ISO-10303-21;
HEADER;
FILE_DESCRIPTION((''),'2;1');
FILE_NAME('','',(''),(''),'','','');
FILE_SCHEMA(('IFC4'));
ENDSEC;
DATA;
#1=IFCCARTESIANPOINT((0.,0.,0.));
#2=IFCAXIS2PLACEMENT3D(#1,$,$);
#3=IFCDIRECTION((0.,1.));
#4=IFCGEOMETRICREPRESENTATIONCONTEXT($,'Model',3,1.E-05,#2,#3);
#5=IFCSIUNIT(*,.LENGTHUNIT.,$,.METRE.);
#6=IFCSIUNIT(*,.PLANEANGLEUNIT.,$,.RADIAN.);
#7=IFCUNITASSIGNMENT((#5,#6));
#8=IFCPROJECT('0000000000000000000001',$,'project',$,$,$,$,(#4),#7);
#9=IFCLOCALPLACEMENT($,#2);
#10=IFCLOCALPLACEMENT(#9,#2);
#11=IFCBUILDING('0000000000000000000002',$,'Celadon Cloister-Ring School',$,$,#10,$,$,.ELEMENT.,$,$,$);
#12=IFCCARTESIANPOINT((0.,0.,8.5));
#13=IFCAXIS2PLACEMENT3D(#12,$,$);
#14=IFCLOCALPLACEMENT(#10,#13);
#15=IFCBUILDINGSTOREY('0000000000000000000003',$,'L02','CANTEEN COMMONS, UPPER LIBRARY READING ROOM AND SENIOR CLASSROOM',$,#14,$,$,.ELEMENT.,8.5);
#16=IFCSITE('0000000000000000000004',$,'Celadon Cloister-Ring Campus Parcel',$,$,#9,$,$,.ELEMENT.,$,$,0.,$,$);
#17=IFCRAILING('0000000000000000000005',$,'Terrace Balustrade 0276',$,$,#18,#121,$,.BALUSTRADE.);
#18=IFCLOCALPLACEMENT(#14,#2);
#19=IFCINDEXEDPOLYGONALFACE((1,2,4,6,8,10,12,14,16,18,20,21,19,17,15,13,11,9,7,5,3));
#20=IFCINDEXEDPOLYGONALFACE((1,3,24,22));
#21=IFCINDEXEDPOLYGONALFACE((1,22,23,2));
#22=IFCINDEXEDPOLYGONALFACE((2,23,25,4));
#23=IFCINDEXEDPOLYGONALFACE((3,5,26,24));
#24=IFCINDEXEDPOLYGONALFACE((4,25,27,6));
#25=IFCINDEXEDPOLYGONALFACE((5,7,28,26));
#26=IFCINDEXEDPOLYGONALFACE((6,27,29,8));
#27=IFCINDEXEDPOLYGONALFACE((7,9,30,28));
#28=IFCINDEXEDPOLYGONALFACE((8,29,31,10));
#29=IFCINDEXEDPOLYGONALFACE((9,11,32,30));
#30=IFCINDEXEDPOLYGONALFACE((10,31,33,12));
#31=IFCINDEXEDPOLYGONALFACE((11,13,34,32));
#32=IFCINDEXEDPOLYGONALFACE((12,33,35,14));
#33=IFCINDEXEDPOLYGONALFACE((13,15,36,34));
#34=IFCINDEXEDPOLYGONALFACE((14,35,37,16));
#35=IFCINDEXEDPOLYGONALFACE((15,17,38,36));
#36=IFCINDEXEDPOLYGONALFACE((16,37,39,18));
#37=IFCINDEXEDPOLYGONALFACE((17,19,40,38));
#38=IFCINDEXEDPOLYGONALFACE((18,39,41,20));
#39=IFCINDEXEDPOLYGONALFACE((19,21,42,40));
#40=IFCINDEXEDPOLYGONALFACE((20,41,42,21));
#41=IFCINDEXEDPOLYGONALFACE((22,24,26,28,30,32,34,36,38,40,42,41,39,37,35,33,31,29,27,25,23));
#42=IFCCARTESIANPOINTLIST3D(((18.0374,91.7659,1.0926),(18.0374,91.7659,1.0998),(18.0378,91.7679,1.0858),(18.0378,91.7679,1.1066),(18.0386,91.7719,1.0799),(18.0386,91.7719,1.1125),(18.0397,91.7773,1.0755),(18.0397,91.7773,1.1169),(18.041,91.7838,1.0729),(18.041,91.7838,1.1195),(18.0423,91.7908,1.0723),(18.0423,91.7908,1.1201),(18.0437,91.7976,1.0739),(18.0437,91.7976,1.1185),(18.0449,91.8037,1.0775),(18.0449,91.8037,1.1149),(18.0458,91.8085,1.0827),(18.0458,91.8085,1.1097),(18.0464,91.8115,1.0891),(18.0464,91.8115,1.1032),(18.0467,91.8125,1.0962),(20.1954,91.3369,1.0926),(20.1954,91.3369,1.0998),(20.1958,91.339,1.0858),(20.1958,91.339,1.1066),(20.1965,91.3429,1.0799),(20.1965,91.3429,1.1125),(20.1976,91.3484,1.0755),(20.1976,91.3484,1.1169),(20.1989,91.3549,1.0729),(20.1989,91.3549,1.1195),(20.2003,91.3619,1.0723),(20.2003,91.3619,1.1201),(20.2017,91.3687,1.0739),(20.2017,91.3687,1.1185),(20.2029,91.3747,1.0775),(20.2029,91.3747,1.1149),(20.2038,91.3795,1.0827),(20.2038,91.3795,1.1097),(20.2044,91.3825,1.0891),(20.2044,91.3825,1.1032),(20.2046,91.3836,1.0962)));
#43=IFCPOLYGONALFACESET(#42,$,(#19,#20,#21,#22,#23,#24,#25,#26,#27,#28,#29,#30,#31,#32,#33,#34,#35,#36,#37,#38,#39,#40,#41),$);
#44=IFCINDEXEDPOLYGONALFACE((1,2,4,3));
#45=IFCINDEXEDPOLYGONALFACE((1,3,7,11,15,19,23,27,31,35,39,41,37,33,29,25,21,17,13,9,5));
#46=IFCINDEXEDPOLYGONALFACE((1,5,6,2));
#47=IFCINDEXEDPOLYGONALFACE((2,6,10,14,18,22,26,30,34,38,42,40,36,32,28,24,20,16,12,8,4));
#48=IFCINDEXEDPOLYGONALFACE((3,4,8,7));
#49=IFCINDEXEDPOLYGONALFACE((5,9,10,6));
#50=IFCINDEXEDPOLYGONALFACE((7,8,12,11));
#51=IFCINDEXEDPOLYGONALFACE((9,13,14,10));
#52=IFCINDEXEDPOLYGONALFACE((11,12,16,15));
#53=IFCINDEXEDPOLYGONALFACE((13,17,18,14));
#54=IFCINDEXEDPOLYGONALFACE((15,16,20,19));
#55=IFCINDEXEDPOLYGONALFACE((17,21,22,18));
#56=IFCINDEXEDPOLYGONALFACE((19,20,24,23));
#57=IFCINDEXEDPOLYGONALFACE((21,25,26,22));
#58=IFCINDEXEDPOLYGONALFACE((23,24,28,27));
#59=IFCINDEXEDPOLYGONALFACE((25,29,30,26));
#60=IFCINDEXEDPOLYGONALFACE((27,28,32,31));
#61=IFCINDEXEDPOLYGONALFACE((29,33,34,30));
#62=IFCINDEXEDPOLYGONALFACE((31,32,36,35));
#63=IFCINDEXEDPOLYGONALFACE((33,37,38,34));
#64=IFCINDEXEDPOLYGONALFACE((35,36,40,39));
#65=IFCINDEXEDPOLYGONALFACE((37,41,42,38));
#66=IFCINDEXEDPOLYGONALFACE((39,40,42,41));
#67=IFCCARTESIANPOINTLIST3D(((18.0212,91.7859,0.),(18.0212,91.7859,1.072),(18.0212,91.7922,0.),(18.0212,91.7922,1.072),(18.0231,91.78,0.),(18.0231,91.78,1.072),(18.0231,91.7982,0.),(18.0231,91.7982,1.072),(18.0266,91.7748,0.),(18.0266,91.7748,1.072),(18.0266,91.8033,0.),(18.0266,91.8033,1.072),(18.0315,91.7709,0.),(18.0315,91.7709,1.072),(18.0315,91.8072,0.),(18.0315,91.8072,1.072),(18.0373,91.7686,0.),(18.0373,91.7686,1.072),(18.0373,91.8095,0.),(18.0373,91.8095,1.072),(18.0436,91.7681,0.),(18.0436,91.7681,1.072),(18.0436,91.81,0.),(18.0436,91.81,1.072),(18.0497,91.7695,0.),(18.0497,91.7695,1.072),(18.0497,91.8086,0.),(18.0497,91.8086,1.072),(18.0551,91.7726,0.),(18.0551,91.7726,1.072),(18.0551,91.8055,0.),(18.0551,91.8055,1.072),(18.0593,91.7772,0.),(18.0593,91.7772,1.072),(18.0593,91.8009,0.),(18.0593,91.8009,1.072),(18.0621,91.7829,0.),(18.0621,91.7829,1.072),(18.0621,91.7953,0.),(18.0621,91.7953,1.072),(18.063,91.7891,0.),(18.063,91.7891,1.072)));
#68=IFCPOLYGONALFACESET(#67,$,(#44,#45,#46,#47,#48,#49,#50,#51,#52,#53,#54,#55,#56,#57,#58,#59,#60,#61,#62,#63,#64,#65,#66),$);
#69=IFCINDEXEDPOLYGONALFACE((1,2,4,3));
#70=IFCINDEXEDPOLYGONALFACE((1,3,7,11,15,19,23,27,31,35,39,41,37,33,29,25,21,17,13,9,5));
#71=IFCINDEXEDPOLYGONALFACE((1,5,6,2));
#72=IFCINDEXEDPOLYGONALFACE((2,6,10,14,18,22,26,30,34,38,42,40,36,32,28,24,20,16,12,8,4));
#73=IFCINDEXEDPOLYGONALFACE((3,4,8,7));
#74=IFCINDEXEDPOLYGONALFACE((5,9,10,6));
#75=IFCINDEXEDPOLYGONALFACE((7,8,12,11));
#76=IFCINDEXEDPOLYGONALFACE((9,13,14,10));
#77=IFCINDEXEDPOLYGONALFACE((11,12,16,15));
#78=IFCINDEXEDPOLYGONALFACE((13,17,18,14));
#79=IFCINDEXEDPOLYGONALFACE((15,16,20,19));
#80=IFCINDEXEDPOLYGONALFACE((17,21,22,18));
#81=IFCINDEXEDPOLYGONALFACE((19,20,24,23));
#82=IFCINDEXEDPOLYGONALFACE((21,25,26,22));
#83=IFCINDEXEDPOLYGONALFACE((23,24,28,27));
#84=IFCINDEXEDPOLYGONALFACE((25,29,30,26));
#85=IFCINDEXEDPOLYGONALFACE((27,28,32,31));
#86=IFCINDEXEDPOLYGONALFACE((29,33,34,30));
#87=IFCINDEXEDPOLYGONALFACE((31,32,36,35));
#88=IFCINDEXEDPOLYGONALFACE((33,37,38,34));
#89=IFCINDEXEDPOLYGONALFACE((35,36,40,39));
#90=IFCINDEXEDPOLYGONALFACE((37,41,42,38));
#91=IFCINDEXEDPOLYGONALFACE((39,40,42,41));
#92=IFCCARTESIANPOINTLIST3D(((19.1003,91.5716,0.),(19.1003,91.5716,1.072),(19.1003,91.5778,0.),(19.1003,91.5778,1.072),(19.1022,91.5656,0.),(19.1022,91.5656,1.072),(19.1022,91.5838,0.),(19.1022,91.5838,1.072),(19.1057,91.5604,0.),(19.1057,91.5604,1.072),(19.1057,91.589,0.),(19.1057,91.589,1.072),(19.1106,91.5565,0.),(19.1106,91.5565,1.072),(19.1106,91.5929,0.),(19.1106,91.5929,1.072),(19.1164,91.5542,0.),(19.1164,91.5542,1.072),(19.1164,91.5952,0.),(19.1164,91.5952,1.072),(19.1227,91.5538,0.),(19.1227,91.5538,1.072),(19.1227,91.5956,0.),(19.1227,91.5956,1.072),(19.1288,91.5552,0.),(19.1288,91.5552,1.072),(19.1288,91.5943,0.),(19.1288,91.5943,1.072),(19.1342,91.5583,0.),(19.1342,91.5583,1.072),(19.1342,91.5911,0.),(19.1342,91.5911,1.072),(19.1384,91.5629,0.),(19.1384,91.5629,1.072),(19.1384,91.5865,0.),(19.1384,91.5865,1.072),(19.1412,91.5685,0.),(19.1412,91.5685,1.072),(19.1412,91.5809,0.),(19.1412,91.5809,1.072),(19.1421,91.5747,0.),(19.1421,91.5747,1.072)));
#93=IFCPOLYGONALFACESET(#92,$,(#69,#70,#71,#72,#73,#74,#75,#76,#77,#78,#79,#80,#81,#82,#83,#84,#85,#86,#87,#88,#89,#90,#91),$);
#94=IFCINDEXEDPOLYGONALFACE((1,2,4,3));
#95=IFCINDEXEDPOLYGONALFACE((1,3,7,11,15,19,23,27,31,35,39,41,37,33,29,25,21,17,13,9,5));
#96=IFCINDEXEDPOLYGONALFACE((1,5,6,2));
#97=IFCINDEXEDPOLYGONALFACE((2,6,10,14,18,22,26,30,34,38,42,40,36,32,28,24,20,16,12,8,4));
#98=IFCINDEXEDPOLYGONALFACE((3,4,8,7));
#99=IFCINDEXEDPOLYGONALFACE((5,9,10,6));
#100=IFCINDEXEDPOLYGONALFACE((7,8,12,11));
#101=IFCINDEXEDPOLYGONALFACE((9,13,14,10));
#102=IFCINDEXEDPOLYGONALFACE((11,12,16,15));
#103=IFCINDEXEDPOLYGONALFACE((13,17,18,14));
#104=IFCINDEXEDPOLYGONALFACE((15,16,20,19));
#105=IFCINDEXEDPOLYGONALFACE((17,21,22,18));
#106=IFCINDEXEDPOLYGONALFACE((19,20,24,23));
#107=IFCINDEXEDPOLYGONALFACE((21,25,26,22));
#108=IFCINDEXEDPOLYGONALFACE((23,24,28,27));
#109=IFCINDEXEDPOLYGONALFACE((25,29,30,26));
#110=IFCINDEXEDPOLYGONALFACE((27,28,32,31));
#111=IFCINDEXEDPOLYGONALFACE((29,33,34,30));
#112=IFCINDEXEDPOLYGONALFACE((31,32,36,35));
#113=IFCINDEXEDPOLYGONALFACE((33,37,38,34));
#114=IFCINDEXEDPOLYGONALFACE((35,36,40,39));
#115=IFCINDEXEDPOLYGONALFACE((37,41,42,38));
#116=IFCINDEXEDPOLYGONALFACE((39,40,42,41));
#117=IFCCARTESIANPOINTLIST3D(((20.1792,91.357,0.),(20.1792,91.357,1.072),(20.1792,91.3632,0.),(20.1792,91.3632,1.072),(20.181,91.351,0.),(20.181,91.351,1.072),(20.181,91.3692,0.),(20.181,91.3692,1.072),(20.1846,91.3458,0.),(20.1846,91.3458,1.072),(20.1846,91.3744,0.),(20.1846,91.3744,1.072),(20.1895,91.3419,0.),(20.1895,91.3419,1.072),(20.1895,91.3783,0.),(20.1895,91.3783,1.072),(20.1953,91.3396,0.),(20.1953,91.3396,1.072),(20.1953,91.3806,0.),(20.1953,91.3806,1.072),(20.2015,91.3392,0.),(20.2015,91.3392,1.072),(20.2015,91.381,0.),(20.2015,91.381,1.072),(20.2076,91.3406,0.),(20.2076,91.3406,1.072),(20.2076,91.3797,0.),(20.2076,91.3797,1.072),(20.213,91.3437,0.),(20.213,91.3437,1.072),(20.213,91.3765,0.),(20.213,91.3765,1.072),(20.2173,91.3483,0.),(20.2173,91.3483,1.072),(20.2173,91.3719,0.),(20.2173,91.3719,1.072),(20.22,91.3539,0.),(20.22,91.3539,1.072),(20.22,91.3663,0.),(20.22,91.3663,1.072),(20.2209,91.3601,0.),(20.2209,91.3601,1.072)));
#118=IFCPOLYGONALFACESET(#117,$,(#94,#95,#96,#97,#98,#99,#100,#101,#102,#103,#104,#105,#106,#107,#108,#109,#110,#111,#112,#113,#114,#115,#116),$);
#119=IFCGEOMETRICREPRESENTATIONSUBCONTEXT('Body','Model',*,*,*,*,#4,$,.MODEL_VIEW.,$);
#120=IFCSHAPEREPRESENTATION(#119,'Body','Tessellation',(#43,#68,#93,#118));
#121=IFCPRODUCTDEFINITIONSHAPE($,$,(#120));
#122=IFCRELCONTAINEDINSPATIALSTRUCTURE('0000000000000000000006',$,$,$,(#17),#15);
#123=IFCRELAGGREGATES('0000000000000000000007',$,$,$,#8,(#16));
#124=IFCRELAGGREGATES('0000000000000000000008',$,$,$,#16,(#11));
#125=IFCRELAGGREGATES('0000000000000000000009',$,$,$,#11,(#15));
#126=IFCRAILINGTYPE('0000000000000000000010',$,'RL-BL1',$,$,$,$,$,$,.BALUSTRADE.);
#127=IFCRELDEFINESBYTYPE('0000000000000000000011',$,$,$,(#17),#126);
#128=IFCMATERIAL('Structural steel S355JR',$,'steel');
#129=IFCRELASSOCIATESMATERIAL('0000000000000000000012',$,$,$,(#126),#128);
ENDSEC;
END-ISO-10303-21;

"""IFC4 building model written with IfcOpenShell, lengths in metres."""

from ifc_helpers import new_model, si_unit, direction, frame, origin, origin_2d, place, context, subcontext, project, spatial, circle, extrude, material, type_object, element, save


model = new_model("IFC4")

# Units and contexts
model_context = context("Model", 3, precision=1e-05, world=origin(), true_north=direction((0.0, 1.0)))
body_context = subcontext(model_context, "Body", "Model", "MODEL_VIEW")
ifc_project = project(units=[si_unit("LENGTHUNIT", "METRE"), si_unit("PLANEANGLEUNIT", "RADIAN")], contexts=[model_context])

# Site, building, storey
site_placement = place(None, origin())
site = spatial("IfcSite", under=ifc_project, at=site_placement, Name="Celadon Cloister-Ring Campus Parcel", CompositionType="ELEMENT", RefElevation=0.0)
building_placement = place(site_placement, origin())
building = spatial("IfcBuilding", under=site, at=building_placement, Name="Celadon Cloister-Ring School", CompositionType="ELEMENT")
storey_placement = place(building_placement, frame((0.0, 0.0, 8.5)))
storey = spatial("IfcBuildingStorey", under=building, at=storey_placement, Name="L02", Description="CANTEEN COMMONS, UPPER LIBRARY READING ROOM AND SENIOR CLASSROOM", CompositionType="ELEMENT", Elevation=8.5)

# Railing
ifc_material_1 = material(Name="Structural steel S355JR", Category="steel")
railing_type = type_object("IfcRailingType", Name="RL-BL1", PredefinedType="BALUSTRADE", material=ifc_material_1)
railing_1_placement = place(storey_placement, frame((18.042, 91.7891, 0.0)))
element("IfcRailing", 1, at=railing_1_placement, inside=storey, type_object=railing_type, Name="Terrace Balustrade 0276", PredefinedType="BALUSTRADE", context=body_context, shape_type="SweptSolid", body=[
    extrude(circle(Radius=0.0239, at=origin_2d()), frame((0.0, 0.0, 1.0962), z_axis=(0.98081, -0.194964, 0.0), x_axis=(0.194964, 0.98081, 0.0)), (0.0, 0.0, 1.0), 2.2002),
    extrude(circle(Radius=0.021, at=origin_2d()), origin(), (0.0, 0.0, 1.0), 1.072),
    extrude(circle(Radius=0.021, at=origin_2d()), frame((1.0791, -0.2144, 0.0)), (0.0, 0.0, 1.0), 1.072),
    extrude(circle(Radius=0.021, at=origin_2d()), frame((2.158, -0.429, 0.0)), (0.0, 0.0, 1.0), 1.072),
])

save(model, "model.ifc")
